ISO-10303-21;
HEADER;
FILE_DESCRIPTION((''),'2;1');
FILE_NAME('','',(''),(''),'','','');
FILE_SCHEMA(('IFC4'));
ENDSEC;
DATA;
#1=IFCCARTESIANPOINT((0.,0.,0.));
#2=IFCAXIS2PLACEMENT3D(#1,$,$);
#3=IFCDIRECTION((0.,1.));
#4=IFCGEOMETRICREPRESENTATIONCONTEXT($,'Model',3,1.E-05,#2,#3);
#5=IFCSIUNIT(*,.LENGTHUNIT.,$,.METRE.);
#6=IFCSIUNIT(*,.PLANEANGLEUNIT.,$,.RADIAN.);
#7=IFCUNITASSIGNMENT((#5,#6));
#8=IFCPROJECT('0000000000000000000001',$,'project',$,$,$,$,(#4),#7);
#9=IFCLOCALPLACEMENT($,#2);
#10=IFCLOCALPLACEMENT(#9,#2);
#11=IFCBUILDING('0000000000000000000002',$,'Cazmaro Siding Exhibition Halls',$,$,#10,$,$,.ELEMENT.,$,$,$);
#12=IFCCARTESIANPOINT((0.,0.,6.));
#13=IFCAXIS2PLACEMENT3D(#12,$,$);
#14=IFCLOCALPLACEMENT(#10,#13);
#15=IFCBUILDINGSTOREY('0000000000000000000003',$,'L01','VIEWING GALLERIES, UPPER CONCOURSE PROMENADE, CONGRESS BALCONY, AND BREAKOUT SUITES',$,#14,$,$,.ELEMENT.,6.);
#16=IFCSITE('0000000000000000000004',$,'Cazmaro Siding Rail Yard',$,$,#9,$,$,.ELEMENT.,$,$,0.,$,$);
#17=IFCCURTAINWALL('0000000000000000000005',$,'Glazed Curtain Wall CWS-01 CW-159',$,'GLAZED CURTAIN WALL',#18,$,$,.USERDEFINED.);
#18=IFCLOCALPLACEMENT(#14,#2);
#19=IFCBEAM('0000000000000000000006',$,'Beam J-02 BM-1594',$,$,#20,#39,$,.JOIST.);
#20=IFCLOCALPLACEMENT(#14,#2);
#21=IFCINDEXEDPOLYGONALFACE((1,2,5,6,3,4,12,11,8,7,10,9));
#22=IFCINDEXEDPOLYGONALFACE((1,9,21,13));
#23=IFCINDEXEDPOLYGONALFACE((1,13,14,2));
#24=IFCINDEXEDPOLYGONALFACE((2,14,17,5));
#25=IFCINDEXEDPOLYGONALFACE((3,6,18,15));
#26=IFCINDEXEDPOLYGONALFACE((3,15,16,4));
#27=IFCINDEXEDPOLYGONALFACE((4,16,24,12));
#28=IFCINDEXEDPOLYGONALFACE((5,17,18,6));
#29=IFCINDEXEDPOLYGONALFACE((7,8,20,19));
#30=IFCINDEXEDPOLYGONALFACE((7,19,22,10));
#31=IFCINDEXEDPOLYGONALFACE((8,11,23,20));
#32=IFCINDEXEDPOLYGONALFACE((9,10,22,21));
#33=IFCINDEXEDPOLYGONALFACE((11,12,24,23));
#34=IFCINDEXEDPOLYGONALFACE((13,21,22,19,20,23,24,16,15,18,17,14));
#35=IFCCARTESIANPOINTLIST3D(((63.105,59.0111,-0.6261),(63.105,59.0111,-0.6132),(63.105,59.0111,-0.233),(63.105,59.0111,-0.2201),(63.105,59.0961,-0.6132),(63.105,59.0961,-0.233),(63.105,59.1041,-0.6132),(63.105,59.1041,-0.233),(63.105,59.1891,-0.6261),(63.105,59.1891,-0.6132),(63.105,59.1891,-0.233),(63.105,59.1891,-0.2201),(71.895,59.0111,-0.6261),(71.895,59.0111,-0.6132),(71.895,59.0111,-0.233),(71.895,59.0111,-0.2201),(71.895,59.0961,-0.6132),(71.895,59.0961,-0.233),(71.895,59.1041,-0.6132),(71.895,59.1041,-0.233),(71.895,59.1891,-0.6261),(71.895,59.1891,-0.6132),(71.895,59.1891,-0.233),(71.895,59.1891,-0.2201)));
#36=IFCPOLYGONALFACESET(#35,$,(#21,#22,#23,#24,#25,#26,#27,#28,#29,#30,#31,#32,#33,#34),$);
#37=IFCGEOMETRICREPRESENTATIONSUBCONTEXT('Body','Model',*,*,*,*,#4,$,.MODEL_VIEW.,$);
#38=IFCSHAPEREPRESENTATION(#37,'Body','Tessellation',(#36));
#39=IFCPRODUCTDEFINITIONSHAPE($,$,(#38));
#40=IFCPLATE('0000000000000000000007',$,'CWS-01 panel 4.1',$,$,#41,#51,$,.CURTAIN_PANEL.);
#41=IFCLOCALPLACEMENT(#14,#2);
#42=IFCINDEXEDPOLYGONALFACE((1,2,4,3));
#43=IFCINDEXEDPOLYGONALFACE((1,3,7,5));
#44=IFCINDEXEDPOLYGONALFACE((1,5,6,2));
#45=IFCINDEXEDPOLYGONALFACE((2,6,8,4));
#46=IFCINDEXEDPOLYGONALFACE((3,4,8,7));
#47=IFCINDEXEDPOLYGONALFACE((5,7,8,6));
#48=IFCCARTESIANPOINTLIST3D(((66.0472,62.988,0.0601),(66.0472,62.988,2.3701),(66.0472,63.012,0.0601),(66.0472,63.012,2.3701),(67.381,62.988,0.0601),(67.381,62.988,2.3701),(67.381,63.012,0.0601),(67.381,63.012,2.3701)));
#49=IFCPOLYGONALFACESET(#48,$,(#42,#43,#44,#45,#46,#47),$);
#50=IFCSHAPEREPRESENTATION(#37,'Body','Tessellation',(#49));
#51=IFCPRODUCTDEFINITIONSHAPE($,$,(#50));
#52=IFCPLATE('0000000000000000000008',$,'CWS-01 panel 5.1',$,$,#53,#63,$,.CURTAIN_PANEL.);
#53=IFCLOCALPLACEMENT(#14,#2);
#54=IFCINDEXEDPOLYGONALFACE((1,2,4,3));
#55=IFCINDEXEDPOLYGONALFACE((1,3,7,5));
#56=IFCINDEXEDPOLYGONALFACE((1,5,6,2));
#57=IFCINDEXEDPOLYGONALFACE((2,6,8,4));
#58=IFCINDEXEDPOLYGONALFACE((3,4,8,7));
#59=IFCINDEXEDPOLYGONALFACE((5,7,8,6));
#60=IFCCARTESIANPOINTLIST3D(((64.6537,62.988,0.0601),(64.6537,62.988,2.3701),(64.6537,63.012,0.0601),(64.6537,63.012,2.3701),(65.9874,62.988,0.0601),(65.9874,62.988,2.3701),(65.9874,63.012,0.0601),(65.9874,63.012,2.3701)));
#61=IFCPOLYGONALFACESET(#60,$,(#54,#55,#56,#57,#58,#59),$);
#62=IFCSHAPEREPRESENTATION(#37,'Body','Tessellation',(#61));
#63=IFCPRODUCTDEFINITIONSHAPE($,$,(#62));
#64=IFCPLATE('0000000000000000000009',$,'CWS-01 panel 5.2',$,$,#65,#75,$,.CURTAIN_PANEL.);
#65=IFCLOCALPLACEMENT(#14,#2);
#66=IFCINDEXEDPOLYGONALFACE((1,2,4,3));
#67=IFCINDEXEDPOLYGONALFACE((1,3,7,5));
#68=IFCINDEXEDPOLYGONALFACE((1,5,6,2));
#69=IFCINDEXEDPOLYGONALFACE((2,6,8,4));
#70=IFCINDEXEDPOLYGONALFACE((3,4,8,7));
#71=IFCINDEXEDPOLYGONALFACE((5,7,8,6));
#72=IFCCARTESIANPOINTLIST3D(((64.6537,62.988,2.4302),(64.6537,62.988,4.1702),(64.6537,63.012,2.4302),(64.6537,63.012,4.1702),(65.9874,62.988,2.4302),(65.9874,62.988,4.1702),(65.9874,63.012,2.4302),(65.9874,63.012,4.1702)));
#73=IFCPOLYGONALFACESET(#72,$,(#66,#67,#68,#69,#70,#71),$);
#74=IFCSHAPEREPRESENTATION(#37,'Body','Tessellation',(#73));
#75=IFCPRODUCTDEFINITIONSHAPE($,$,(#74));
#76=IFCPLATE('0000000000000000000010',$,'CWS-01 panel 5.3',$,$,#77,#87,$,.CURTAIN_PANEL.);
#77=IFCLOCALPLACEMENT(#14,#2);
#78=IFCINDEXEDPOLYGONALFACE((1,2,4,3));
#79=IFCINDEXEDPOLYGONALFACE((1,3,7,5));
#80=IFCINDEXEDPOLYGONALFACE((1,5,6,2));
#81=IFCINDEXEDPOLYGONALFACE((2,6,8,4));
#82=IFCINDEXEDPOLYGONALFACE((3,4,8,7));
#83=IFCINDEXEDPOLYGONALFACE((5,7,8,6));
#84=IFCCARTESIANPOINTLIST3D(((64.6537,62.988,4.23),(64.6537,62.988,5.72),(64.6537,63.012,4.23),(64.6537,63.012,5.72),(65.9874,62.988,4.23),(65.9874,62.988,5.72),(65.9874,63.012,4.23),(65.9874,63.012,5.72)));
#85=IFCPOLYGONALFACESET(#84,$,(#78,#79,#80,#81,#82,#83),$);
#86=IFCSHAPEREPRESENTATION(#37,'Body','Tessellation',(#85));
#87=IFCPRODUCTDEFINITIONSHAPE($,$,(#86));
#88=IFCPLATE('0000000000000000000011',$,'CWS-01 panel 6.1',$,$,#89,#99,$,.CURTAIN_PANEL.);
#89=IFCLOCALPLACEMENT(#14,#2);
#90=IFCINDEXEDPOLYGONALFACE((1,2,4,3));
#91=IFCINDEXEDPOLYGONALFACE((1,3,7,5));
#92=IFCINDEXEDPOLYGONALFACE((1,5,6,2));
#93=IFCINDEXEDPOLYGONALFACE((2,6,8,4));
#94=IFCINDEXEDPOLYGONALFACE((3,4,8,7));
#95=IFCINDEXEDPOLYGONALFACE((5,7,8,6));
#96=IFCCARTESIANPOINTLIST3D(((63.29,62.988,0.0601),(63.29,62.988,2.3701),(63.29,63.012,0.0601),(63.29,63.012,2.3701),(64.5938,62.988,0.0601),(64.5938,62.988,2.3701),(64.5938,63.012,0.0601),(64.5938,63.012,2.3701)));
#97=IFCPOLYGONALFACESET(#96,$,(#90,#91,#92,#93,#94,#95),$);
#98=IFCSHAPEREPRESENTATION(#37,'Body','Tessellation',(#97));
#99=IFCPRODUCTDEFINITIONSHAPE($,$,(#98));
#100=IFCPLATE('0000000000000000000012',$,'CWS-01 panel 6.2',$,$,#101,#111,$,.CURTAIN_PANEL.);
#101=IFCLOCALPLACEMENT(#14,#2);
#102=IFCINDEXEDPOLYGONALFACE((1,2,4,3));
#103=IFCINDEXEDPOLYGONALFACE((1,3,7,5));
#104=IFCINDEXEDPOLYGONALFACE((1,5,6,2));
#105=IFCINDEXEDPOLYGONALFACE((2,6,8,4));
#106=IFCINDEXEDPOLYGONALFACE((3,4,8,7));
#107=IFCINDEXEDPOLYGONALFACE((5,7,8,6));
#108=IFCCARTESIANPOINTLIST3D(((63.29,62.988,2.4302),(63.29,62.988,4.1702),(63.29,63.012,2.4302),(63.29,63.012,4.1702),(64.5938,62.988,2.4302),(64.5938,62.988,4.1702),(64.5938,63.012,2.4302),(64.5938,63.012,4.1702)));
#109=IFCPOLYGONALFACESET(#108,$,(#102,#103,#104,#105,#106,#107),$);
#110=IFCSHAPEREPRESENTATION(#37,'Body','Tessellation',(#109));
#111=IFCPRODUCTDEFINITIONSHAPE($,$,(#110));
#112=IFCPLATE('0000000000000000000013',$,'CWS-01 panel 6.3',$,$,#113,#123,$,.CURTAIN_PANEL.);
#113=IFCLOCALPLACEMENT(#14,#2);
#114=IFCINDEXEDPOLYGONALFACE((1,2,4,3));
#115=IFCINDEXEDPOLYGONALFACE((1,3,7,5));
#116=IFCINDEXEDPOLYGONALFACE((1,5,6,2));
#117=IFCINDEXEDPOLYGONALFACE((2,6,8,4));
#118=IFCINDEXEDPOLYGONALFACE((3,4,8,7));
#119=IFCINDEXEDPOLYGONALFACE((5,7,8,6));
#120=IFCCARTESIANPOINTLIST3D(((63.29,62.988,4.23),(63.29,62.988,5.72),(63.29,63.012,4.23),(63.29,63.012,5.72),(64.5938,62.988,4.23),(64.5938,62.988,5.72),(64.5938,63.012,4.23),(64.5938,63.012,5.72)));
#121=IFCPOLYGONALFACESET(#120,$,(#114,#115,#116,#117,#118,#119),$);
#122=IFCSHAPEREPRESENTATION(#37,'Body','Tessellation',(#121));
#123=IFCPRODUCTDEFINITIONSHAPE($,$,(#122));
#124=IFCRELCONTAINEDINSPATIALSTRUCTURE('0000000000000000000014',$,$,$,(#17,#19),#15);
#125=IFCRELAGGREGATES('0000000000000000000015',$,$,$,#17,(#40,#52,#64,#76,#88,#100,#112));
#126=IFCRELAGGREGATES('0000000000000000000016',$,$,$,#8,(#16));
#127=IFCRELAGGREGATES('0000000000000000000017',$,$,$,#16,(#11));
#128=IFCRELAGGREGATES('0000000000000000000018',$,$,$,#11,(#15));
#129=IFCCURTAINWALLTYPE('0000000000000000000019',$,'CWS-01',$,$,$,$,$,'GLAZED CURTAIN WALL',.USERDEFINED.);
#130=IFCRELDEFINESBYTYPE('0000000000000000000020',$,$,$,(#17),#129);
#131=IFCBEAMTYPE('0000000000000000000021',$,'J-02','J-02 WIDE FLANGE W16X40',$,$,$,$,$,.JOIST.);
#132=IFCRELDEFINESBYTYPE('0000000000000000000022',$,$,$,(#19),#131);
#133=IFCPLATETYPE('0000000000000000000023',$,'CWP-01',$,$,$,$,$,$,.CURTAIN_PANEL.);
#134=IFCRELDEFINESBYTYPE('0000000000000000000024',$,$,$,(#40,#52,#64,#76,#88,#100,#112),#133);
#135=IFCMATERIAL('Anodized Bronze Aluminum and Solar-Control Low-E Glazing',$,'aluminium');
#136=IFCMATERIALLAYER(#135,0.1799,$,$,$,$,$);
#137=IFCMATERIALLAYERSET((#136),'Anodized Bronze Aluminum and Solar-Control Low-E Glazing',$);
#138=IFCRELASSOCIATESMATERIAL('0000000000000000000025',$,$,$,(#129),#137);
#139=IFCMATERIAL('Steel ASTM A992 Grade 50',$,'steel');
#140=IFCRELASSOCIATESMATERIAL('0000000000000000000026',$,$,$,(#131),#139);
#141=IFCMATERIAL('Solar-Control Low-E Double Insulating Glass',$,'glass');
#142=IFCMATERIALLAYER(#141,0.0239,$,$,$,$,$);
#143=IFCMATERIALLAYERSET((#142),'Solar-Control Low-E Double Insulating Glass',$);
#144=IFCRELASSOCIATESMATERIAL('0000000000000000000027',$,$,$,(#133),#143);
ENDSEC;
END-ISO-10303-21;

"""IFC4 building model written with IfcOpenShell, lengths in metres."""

from ifc_helpers import new_model, si_unit, direction, frame, origin, origin_2d, place, context, subcontext, project, spatial, rectangle, i_section, extrude, material, layer, layer_set, material_profile, profile_set, type_object, element, aggregate, save


model = new_model("IFC4")

# Units and contexts
model_context = context("Model", 3, precision=1e-05, world=origin(), true_north=direction((0.0, 1.0)))
body_context = subcontext(model_context, "Body", "Model", "MODEL_VIEW")
ifc_project = project(units=[si_unit("LENGTHUNIT", "METRE"), si_unit("PLANEANGLEUNIT", "RADIAN")], contexts=[model_context])

# Site, building, storey
site_placement = place(None, origin())
site = spatial("IfcSite", under=ifc_project, at=site_placement, Name="Cazmaro Siding Rail Yard", CompositionType="ELEMENT", RefElevation=0.0)
building_placement = place(site_placement, origin())
building = spatial("IfcBuilding", under=site, at=building_placement, Name="Cazmaro Siding Exhibition Halls", CompositionType="ELEMENT")
storey_placement = place(building_placement, frame((0.0, 0.0, 6.0)))
storey = spatial("IfcBuildingStorey", under=building, at=storey_placement, Name="L01", Description="VIEWING GALLERIES, UPPER CONCOURSE PROMENADE, CONGRESS BALCONY, AND BREAKOUT SUITES", CompositionType="ELEMENT", Elevation=6.0)

# Curtain wall
ifc_material_1 = material(Name="Anodized Bronze Aluminum and Solar-Control Low-E Glazing", Category="aluminium")
ifc_layer_1 = layer(ifc_material_1, 0.1799)
ifc_layer_set_1 = layer_set([ifc_layer_1], Name="Anodized Bronze Aluminum and Solar-Control Low-E Glazing")
curtain_wall_type = type_object("IfcCurtainWallType", Name="CWS-01", ElementType="GLAZED CURTAIN WALL", PredefinedType="USERDEFINED", material=ifc_layer_set_1)
curtain_wall_placement = place(storey_placement, origin())
curtain_wall = element("IfcCurtainWall", 1, at=curtain_wall_placement, inside=storey, type_object=curtain_wall_type, Name="Glazed Curtain Wall CWS-01 CW-159", ObjectType="GLAZED CURTAIN WALL", PredefinedType="USERDEFINED")

# Beam
ifc_material_2 = material(Name="Steel ASTM A992 Grade 50", Category="steel")
ifc_material_profile_1 = material_profile(ifc_material_2, i_section(OverallWidth=0.178, OverallDepth=0.406, WebThickness=0.0081, FlangeThickness=0.0129, at=origin_2d()), Name="W16X40")
ifc_profile_set_1 = profile_set([ifc_material_profile_1], Name="Steel ASTM A992 Grade 50")
beam_type_1 = type_object("IfcBeamType", Name="J-02", Description="J-02 WIDE FLANGE W16X40", PredefinedType="JOIST", material=ifc_profile_set_1)
beam_1_placement = place(storey_placement, frame((63.105, 59.1001, -0.4231), z_axis=(1.0, 0.0, 0.0), x_axis=(0.0, 1.0, 0.0)))
element("IfcBeam", 2, at=beam_1_placement, inside=storey, type_object=beam_type_1, Name="Beam J-02 BM-1594", PredefinedType="JOIST", context=body_context, shape_type="SweptSolid", body=[
    extrude(i_section(OverallWidth=0.178, OverallDepth=0.406, WebThickness=0.0081, FlangeThickness=0.0129, at=origin_2d()), origin(), (0.0, 0.0, 1.0), 8.79),
])

# Plates
ifc_material_3 = material(Name="Solar-Control Low-E Double Insulating Glass", Category="glass")
ifc_layer_2 = layer(ifc_material_3, 0.0239)
ifc_layer_set_2 = layer_set([ifc_layer_2], Name="Solar-Control Low-E Double Insulating Glass")
plate_type = type_object("IfcPlateType", Name="CWP-01", PredefinedType="CURTAIN_PANEL", material=ifc_layer_set_2)
plate_1_placement = place(storey_placement, frame((66.7141, 63.0, 0.0601), z_axis=(0.0, 0.0, 1.0), x_axis=(-1.0, 0.0, 0.0)))
plate_1 = element("IfcPlate", 3, at=plate_1_placement, type_object=plate_type, Name="CWS-01 panel 4.1", PredefinedType="CURTAIN_PANEL", context=body_context, shape_type="SweptSolid", body=[
    extrude(rectangle(XDim=1.3337, YDim=0.0239, at=origin_2d()), origin(), (0.0, 0.0, 1.0), 2.3101),
])
plate_2_placement = place(storey_placement, frame((65.3206, 63.0, 0.0601), z_axis=(0.0, 0.0, 1.0), x_axis=(-1.0, 0.0, 0.0)))
plate_2 = element("IfcPlate", 4, at=plate_2_placement, type_object=plate_type, Name="CWS-01 panel 5.1", PredefinedType="CURTAIN_PANEL", context=body_context, shape_type="SweptSolid", body=[
    extrude(rectangle(XDim=1.3337, YDim=0.0239, at=origin_2d()), origin(), (0.0, 0.0, 1.0), 2.3101),
])
plate_3_placement = place(storey_placement, frame((65.3206, 63.0, 2.4302), z_axis=(0.0, 0.0, 1.0), x_axis=(-1.0, 0.0, 0.0)))
plate_3 = element("IfcPlate", 5, at=plate_3_placement, type_object=plate_type, Name="CWS-01 panel 5.2", PredefinedType="CURTAIN_PANEL", context=body_context, shape_type="SweptSolid", body=[
    extrude(rectangle(XDim=1.3337, YDim=0.0239, at=origin_2d()), origin(), (0.0, 0.0, 1.0), 1.74),
])
plate_4_placement = place(storey_placement, frame((65.3206, 63.0, 4.23), z_axis=(0.0, 0.0, 1.0), x_axis=(-1.0, 0.0, 0.0)))
plate_4 = element("IfcPlate", 6, at=plate_4_placement, type_object=plate_type, Name="CWS-01 panel 5.3", PredefinedType="CURTAIN_PANEL", context=body_context, shape_type="SweptSolid", body=[
    extrude(rectangle(XDim=1.3337, YDim=0.0239, at=origin_2d()), origin(), (0.0, 0.0, 1.0), 1.49),
])
plate_5_placement = place(storey_placement, frame((63.9419, 63.0, 0.0601), z_axis=(0.0, 0.0, 1.0), x_axis=(-1.0, 0.0, 0.0)))
plate_5 = element("IfcPlate", 7, at=plate_5_placement, type_object=plate_type, Name="CWS-01 panel 6.1", PredefinedType="CURTAIN_PANEL", context=body_context, shape_type="SweptSolid", body=[
    extrude(rectangle(XDim=1.3037, YDim=0.0239, at=origin_2d()), origin(), (0.0, 0.0, 1.0), 2.3101),
])
plate_6_placement = place(storey_placement, frame((63.9419, 63.0, 2.4302), z_axis=(0.0, 0.0, 1.0), x_axis=(-1.0, 0.0, 0.0)))
plate_6 = element("IfcPlate", 8, at=plate_6_placement, type_object=plate_type, Name="CWS-01 panel 6.2", PredefinedType="CURTAIN_PANEL", context=body_context, shape_type="SweptSolid", body=[
    extrude(rectangle(XDim=1.3037, YDim=0.0239, at=origin_2d()), origin(), (0.0, 0.0, 1.0), 1.74),
])
plate_7_placement = place(storey_placement, frame((63.9419, 63.0, 4.23), z_axis=(0.0, 0.0, 1.0), x_axis=(-1.0, 0.0, 0.0)))
plate_7 = element("IfcPlate", 9, at=plate_7_placement, type_object=plate_type, Name="CWS-01 panel 6.3", PredefinedType="CURTAIN_PANEL", context=body_context, shape_type="SweptSolid", body=[
    extrude(rectangle(XDim=1.3037, YDim=0.0239, at=origin_2d()), origin(), (0.0, 0.0, 1.0), 1.49),
])
aggregate(curtain_wall, [plate_1, plate_2, plate_3, plate_4, plate_5, plate_6, plate_7])

save(model, "model.ifc")
